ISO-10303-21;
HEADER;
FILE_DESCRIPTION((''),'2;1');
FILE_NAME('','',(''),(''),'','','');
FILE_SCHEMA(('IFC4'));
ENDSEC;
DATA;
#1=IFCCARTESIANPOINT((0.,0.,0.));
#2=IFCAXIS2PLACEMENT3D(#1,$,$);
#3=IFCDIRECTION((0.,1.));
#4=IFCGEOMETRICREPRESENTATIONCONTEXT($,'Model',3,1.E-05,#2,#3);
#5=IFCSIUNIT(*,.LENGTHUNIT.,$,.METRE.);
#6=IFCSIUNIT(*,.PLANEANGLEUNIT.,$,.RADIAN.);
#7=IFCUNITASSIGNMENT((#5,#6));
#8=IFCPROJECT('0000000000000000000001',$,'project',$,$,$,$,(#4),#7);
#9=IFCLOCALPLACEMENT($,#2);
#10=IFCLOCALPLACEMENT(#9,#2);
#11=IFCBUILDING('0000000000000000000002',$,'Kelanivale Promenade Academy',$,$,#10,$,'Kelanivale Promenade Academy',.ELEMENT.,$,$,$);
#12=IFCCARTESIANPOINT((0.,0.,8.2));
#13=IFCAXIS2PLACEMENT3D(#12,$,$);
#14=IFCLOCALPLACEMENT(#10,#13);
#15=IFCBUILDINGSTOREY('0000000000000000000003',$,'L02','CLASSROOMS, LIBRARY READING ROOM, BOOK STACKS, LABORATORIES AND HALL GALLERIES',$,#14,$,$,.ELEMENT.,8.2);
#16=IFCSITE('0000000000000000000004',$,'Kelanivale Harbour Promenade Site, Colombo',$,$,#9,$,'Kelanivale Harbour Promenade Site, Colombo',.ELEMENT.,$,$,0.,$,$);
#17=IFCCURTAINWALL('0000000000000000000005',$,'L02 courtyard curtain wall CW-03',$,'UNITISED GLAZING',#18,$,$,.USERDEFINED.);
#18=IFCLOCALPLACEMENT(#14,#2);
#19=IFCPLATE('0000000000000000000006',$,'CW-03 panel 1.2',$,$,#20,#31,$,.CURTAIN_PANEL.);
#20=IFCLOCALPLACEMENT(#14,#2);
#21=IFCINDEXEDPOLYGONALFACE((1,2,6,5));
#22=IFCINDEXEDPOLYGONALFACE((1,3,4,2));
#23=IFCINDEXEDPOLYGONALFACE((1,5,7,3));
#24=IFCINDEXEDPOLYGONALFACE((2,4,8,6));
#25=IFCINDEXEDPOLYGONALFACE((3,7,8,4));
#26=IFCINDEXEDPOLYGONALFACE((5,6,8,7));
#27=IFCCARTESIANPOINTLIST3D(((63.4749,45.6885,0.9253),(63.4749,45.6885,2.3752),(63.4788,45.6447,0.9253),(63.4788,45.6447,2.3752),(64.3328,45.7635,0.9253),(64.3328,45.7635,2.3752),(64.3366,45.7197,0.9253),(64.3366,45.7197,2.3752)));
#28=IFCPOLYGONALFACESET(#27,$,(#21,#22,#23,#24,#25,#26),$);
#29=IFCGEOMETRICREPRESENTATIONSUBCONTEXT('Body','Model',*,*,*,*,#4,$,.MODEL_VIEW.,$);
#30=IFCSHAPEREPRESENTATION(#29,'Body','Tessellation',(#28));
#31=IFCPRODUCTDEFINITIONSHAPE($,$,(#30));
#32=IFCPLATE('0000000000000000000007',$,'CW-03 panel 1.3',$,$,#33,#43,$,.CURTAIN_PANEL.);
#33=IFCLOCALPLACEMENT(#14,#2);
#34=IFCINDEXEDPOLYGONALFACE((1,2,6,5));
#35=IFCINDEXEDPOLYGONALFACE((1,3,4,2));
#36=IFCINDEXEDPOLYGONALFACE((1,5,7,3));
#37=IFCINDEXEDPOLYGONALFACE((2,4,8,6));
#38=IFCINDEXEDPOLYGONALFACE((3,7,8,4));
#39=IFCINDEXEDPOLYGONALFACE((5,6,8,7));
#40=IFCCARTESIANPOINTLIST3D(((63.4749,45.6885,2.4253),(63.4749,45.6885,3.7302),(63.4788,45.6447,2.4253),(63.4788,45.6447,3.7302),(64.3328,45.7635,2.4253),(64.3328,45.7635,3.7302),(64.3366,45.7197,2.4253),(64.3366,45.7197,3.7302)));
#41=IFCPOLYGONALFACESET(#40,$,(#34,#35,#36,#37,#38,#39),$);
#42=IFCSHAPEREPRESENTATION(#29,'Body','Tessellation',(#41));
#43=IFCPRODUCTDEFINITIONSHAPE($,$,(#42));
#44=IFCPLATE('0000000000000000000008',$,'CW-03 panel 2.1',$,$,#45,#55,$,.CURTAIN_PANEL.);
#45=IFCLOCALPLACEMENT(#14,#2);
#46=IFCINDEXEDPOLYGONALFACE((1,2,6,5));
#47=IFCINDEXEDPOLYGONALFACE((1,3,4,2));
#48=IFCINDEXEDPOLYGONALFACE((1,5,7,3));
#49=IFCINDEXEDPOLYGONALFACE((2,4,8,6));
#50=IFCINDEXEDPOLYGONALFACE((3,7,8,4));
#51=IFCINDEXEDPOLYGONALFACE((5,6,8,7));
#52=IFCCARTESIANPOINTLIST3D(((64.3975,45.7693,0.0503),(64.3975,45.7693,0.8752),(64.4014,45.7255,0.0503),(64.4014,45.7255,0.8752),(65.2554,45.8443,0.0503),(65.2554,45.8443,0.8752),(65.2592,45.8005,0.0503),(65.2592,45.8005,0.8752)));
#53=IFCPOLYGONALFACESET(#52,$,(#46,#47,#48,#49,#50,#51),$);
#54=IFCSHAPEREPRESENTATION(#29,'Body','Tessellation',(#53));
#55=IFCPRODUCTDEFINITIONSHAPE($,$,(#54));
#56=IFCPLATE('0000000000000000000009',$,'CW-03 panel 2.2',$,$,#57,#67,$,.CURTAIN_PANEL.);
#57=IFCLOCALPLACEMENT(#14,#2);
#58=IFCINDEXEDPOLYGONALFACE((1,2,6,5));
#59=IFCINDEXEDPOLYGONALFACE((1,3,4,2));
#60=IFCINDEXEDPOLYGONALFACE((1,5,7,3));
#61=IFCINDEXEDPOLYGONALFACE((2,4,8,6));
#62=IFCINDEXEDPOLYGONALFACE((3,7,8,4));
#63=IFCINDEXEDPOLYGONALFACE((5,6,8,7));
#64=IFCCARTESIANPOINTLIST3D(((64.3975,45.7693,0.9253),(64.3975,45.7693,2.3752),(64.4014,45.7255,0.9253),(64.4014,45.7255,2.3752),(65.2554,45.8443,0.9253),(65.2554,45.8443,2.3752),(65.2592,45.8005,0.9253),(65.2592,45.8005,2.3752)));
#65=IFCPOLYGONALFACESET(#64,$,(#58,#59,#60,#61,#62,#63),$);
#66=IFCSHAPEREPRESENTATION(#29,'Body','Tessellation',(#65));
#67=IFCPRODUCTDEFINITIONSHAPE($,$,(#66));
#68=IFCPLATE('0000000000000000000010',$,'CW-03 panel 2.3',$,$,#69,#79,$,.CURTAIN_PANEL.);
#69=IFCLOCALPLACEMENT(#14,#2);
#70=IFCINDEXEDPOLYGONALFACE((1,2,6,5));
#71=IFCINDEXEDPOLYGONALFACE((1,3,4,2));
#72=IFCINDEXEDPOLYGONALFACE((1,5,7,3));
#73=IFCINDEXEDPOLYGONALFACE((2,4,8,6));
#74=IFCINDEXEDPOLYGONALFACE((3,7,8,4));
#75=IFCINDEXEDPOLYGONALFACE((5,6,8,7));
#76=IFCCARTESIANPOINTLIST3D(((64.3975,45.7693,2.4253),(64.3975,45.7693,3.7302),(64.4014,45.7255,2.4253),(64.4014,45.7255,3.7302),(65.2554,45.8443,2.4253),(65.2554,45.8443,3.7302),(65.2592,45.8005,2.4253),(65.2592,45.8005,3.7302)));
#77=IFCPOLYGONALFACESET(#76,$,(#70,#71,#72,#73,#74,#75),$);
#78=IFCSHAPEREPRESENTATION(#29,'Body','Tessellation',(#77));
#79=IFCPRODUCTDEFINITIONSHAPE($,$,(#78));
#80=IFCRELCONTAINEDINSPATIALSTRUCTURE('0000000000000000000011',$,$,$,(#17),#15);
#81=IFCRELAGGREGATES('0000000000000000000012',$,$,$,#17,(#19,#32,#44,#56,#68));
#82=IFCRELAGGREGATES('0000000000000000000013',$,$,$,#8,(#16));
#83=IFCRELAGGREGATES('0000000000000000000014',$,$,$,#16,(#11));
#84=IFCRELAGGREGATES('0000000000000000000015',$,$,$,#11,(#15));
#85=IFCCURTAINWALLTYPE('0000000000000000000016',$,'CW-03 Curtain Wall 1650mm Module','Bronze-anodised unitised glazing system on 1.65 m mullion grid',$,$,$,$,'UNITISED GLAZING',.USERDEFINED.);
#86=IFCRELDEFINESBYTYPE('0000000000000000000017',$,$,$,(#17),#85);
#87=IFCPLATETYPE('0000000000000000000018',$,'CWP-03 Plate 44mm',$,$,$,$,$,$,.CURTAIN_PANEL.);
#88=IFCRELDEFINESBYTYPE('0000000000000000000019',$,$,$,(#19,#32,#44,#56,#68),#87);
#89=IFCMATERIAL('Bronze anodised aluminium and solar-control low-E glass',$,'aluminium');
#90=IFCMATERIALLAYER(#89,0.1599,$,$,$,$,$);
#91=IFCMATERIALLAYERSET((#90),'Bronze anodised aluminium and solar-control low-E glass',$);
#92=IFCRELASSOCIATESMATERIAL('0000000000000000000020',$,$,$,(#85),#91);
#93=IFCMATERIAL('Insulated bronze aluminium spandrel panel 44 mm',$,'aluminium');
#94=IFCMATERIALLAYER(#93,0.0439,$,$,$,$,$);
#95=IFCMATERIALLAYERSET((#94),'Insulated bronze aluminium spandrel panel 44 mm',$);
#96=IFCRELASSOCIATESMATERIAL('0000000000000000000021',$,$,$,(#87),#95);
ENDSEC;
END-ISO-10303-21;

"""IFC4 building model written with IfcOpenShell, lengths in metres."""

from ifc_helpers import new_model, si_unit, direction, frame, origin, origin_2d, place, context, subcontext, project, spatial, rectangle, extrude, material, layer, layer_set, type_object, element, aggregate, save


model = new_model("IFC4")

# Units and contexts
model_context = context("Model", 3, precision=1e-05, world=origin(), true_north=direction((0.0, 1.0)))
body_context = subcontext(model_context, "Body", "Model", "MODEL_VIEW")
ifc_project = project(units=[si_unit("LENGTHUNIT", "METRE"), si_unit("PLANEANGLEUNIT", "RADIAN")], contexts=[model_context])

# Site, building, storey
site_placement = place(None, origin())
site = spatial("IfcSite", under=ifc_project, at=site_placement, Name="Kelanivale Harbour Promenade Site, Colombo", LongName="Kelanivale Harbour Promenade Site, Colombo", CompositionType="ELEMENT", RefElevation=0.0)
building_placement = place(site_placement, origin())
building = spatial("IfcBuilding", under=site, at=building_placement, Name="Kelanivale Promenade Academy", LongName="Kelanivale Promenade Academy", CompositionType="ELEMENT")
storey_placement = place(building_placement, frame((0.0, 0.0, 8.2)))
storey = spatial("IfcBuildingStorey", under=building, at=storey_placement, Name="L02", Description="CLASSROOMS, LIBRARY READING ROOM, BOOK STACKS, LABORATORIES AND HALL GALLERIES", CompositionType="ELEMENT", Elevation=8.2)

# Curtain wall
ifc_material_1 = material(Name="Bronze anodised aluminium and solar-control low-E glass", Category="aluminium")
ifc_layer_1 = layer(ifc_material_1, 0.1599)
ifc_layer_set_1 = layer_set([ifc_layer_1], Name="Bronze anodised aluminium and solar-control low-E glass")
curtain_wall_type_1 = type_object("IfcCurtainWallType", Name="CW-03 Curtain Wall 1650mm Module", Description="Bronze-anodised unitised glazing system on 1.65 m mullion grid", ElementType="UNITISED GLAZING", PredefinedType="USERDEFINED", material=ifc_layer_set_1)
curtain_wall_1_placement = place(storey_placement, origin())
curtain_wall_1 = element("IfcCurtainWall", 1, at=curtain_wall_1_placement, inside=storey, type_object=curtain_wall_type_1, Name="L02 courtyard curtain wall CW-03", ObjectType="UNITISED GLAZING", PredefinedType="USERDEFINED")

# Plates
ifc_material_2 = material(Name="Insulated bronze aluminium spandrel panel 44 mm", Category="aluminium")
ifc_layer_2 = layer(ifc_material_2, 0.0439)
ifc_layer_set_2 = layer_set([ifc_layer_2], Name="Insulated bronze aluminium spandrel panel 44 mm")
plate_type = type_object("IfcPlateType", Name="CWP-03 Plate 44mm", PredefinedType="CURTAIN_PANEL", material=ifc_layer_set_2)
plate_1_placement = place(storey_placement, frame((63.9058, 45.7041, 0.9253), z_axis=(0.0, 0.0, 1.0), x_axis=(0.996199, 0.087102, 0.0)))
plate_1 = element("IfcPlate", 2, at=plate_1_placement, type_object=plate_type, Name="CW-03 panel 1.2", PredefinedType="CURTAIN_PANEL", context=body_context, shape_type="SweptSolid", body=[
    extrude(rectangle(XDim=0.8611, YDim=0.0439, at=origin_2d()), origin(), (0.0, 0.0, 1.0), 1.45),
])
plate_2_placement = place(storey_placement, frame((63.9058, 45.7041, 2.4253), z_axis=(0.0, 0.0, 1.0), x_axis=(0.996199, 0.087102, 0.0)))
plate_2 = element("IfcPlate", 3, at=plate_2_placement, type_object=plate_type, Name="CW-03 panel 1.3", PredefinedType="CURTAIN_PANEL", context=body_context, shape_type="SweptSolid", body=[
    extrude(rectangle(XDim=0.8611, YDim=0.0439, at=origin_2d()), origin(), (0.0, 0.0, 1.0), 1.3049),
])
plate_3_placement = place(storey_placement, frame((64.8284, 45.7849, 0.0503), z_axis=(0.0, 0.0, 1.0), x_axis=(0.996199, 0.087102, 0.0)))
plate_3 = element("IfcPlate", 4, at=plate_3_placement, type_object=plate_type, Name="CW-03 panel 2.1", PredefinedType="CURTAIN_PANEL", context=body_context, shape_type="SweptSolid", body=[
    extrude(rectangle(XDim=0.8611, YDim=0.0439, at=origin_2d()), origin(), (0.0, 0.0, 1.0), 0.825),
])
plate_4_placement = place(storey_placement, frame((64.8284, 45.7849, 0.9253), z_axis=(0.0, 0.0, 1.0), x_axis=(0.996199, 0.087102, 0.0)))
plate_4 = element("IfcPlate", 5, at=plate_4_placement, type_object=plate_type, Name="CW-03 panel 2.2", PredefinedType="CURTAIN_PANEL", context=body_context, shape_type="SweptSolid", body=[
    extrude(rectangle(XDim=0.8611, YDim=0.0439, at=origin_2d()), origin(), (0.0, 0.0, 1.0), 1.45),
])
plate_5_placement = place(storey_placement, frame((64.8284, 45.7849, 2.4253), z_axis=(0.0, 0.0, 1.0), x_axis=(0.996199, 0.087102, 0.0)))
plate_5 = element("IfcPlate", 6, at=plate_5_placement, type_object=plate_type, Name="CW-03 panel 2.3", PredefinedType="CURTAIN_PANEL", context=body_context, shape_type="SweptSolid", body=[
    extrude(rectangle(XDim=0.8611, YDim=0.0439, at=origin_2d()), origin(), (0.0, 0.0, 1.0), 1.3049),
])
aggregate(curtain_wall_1, [plate_1, plate_2, plate_3, plate_4, plate_5])

save(model, "model.ifc")
